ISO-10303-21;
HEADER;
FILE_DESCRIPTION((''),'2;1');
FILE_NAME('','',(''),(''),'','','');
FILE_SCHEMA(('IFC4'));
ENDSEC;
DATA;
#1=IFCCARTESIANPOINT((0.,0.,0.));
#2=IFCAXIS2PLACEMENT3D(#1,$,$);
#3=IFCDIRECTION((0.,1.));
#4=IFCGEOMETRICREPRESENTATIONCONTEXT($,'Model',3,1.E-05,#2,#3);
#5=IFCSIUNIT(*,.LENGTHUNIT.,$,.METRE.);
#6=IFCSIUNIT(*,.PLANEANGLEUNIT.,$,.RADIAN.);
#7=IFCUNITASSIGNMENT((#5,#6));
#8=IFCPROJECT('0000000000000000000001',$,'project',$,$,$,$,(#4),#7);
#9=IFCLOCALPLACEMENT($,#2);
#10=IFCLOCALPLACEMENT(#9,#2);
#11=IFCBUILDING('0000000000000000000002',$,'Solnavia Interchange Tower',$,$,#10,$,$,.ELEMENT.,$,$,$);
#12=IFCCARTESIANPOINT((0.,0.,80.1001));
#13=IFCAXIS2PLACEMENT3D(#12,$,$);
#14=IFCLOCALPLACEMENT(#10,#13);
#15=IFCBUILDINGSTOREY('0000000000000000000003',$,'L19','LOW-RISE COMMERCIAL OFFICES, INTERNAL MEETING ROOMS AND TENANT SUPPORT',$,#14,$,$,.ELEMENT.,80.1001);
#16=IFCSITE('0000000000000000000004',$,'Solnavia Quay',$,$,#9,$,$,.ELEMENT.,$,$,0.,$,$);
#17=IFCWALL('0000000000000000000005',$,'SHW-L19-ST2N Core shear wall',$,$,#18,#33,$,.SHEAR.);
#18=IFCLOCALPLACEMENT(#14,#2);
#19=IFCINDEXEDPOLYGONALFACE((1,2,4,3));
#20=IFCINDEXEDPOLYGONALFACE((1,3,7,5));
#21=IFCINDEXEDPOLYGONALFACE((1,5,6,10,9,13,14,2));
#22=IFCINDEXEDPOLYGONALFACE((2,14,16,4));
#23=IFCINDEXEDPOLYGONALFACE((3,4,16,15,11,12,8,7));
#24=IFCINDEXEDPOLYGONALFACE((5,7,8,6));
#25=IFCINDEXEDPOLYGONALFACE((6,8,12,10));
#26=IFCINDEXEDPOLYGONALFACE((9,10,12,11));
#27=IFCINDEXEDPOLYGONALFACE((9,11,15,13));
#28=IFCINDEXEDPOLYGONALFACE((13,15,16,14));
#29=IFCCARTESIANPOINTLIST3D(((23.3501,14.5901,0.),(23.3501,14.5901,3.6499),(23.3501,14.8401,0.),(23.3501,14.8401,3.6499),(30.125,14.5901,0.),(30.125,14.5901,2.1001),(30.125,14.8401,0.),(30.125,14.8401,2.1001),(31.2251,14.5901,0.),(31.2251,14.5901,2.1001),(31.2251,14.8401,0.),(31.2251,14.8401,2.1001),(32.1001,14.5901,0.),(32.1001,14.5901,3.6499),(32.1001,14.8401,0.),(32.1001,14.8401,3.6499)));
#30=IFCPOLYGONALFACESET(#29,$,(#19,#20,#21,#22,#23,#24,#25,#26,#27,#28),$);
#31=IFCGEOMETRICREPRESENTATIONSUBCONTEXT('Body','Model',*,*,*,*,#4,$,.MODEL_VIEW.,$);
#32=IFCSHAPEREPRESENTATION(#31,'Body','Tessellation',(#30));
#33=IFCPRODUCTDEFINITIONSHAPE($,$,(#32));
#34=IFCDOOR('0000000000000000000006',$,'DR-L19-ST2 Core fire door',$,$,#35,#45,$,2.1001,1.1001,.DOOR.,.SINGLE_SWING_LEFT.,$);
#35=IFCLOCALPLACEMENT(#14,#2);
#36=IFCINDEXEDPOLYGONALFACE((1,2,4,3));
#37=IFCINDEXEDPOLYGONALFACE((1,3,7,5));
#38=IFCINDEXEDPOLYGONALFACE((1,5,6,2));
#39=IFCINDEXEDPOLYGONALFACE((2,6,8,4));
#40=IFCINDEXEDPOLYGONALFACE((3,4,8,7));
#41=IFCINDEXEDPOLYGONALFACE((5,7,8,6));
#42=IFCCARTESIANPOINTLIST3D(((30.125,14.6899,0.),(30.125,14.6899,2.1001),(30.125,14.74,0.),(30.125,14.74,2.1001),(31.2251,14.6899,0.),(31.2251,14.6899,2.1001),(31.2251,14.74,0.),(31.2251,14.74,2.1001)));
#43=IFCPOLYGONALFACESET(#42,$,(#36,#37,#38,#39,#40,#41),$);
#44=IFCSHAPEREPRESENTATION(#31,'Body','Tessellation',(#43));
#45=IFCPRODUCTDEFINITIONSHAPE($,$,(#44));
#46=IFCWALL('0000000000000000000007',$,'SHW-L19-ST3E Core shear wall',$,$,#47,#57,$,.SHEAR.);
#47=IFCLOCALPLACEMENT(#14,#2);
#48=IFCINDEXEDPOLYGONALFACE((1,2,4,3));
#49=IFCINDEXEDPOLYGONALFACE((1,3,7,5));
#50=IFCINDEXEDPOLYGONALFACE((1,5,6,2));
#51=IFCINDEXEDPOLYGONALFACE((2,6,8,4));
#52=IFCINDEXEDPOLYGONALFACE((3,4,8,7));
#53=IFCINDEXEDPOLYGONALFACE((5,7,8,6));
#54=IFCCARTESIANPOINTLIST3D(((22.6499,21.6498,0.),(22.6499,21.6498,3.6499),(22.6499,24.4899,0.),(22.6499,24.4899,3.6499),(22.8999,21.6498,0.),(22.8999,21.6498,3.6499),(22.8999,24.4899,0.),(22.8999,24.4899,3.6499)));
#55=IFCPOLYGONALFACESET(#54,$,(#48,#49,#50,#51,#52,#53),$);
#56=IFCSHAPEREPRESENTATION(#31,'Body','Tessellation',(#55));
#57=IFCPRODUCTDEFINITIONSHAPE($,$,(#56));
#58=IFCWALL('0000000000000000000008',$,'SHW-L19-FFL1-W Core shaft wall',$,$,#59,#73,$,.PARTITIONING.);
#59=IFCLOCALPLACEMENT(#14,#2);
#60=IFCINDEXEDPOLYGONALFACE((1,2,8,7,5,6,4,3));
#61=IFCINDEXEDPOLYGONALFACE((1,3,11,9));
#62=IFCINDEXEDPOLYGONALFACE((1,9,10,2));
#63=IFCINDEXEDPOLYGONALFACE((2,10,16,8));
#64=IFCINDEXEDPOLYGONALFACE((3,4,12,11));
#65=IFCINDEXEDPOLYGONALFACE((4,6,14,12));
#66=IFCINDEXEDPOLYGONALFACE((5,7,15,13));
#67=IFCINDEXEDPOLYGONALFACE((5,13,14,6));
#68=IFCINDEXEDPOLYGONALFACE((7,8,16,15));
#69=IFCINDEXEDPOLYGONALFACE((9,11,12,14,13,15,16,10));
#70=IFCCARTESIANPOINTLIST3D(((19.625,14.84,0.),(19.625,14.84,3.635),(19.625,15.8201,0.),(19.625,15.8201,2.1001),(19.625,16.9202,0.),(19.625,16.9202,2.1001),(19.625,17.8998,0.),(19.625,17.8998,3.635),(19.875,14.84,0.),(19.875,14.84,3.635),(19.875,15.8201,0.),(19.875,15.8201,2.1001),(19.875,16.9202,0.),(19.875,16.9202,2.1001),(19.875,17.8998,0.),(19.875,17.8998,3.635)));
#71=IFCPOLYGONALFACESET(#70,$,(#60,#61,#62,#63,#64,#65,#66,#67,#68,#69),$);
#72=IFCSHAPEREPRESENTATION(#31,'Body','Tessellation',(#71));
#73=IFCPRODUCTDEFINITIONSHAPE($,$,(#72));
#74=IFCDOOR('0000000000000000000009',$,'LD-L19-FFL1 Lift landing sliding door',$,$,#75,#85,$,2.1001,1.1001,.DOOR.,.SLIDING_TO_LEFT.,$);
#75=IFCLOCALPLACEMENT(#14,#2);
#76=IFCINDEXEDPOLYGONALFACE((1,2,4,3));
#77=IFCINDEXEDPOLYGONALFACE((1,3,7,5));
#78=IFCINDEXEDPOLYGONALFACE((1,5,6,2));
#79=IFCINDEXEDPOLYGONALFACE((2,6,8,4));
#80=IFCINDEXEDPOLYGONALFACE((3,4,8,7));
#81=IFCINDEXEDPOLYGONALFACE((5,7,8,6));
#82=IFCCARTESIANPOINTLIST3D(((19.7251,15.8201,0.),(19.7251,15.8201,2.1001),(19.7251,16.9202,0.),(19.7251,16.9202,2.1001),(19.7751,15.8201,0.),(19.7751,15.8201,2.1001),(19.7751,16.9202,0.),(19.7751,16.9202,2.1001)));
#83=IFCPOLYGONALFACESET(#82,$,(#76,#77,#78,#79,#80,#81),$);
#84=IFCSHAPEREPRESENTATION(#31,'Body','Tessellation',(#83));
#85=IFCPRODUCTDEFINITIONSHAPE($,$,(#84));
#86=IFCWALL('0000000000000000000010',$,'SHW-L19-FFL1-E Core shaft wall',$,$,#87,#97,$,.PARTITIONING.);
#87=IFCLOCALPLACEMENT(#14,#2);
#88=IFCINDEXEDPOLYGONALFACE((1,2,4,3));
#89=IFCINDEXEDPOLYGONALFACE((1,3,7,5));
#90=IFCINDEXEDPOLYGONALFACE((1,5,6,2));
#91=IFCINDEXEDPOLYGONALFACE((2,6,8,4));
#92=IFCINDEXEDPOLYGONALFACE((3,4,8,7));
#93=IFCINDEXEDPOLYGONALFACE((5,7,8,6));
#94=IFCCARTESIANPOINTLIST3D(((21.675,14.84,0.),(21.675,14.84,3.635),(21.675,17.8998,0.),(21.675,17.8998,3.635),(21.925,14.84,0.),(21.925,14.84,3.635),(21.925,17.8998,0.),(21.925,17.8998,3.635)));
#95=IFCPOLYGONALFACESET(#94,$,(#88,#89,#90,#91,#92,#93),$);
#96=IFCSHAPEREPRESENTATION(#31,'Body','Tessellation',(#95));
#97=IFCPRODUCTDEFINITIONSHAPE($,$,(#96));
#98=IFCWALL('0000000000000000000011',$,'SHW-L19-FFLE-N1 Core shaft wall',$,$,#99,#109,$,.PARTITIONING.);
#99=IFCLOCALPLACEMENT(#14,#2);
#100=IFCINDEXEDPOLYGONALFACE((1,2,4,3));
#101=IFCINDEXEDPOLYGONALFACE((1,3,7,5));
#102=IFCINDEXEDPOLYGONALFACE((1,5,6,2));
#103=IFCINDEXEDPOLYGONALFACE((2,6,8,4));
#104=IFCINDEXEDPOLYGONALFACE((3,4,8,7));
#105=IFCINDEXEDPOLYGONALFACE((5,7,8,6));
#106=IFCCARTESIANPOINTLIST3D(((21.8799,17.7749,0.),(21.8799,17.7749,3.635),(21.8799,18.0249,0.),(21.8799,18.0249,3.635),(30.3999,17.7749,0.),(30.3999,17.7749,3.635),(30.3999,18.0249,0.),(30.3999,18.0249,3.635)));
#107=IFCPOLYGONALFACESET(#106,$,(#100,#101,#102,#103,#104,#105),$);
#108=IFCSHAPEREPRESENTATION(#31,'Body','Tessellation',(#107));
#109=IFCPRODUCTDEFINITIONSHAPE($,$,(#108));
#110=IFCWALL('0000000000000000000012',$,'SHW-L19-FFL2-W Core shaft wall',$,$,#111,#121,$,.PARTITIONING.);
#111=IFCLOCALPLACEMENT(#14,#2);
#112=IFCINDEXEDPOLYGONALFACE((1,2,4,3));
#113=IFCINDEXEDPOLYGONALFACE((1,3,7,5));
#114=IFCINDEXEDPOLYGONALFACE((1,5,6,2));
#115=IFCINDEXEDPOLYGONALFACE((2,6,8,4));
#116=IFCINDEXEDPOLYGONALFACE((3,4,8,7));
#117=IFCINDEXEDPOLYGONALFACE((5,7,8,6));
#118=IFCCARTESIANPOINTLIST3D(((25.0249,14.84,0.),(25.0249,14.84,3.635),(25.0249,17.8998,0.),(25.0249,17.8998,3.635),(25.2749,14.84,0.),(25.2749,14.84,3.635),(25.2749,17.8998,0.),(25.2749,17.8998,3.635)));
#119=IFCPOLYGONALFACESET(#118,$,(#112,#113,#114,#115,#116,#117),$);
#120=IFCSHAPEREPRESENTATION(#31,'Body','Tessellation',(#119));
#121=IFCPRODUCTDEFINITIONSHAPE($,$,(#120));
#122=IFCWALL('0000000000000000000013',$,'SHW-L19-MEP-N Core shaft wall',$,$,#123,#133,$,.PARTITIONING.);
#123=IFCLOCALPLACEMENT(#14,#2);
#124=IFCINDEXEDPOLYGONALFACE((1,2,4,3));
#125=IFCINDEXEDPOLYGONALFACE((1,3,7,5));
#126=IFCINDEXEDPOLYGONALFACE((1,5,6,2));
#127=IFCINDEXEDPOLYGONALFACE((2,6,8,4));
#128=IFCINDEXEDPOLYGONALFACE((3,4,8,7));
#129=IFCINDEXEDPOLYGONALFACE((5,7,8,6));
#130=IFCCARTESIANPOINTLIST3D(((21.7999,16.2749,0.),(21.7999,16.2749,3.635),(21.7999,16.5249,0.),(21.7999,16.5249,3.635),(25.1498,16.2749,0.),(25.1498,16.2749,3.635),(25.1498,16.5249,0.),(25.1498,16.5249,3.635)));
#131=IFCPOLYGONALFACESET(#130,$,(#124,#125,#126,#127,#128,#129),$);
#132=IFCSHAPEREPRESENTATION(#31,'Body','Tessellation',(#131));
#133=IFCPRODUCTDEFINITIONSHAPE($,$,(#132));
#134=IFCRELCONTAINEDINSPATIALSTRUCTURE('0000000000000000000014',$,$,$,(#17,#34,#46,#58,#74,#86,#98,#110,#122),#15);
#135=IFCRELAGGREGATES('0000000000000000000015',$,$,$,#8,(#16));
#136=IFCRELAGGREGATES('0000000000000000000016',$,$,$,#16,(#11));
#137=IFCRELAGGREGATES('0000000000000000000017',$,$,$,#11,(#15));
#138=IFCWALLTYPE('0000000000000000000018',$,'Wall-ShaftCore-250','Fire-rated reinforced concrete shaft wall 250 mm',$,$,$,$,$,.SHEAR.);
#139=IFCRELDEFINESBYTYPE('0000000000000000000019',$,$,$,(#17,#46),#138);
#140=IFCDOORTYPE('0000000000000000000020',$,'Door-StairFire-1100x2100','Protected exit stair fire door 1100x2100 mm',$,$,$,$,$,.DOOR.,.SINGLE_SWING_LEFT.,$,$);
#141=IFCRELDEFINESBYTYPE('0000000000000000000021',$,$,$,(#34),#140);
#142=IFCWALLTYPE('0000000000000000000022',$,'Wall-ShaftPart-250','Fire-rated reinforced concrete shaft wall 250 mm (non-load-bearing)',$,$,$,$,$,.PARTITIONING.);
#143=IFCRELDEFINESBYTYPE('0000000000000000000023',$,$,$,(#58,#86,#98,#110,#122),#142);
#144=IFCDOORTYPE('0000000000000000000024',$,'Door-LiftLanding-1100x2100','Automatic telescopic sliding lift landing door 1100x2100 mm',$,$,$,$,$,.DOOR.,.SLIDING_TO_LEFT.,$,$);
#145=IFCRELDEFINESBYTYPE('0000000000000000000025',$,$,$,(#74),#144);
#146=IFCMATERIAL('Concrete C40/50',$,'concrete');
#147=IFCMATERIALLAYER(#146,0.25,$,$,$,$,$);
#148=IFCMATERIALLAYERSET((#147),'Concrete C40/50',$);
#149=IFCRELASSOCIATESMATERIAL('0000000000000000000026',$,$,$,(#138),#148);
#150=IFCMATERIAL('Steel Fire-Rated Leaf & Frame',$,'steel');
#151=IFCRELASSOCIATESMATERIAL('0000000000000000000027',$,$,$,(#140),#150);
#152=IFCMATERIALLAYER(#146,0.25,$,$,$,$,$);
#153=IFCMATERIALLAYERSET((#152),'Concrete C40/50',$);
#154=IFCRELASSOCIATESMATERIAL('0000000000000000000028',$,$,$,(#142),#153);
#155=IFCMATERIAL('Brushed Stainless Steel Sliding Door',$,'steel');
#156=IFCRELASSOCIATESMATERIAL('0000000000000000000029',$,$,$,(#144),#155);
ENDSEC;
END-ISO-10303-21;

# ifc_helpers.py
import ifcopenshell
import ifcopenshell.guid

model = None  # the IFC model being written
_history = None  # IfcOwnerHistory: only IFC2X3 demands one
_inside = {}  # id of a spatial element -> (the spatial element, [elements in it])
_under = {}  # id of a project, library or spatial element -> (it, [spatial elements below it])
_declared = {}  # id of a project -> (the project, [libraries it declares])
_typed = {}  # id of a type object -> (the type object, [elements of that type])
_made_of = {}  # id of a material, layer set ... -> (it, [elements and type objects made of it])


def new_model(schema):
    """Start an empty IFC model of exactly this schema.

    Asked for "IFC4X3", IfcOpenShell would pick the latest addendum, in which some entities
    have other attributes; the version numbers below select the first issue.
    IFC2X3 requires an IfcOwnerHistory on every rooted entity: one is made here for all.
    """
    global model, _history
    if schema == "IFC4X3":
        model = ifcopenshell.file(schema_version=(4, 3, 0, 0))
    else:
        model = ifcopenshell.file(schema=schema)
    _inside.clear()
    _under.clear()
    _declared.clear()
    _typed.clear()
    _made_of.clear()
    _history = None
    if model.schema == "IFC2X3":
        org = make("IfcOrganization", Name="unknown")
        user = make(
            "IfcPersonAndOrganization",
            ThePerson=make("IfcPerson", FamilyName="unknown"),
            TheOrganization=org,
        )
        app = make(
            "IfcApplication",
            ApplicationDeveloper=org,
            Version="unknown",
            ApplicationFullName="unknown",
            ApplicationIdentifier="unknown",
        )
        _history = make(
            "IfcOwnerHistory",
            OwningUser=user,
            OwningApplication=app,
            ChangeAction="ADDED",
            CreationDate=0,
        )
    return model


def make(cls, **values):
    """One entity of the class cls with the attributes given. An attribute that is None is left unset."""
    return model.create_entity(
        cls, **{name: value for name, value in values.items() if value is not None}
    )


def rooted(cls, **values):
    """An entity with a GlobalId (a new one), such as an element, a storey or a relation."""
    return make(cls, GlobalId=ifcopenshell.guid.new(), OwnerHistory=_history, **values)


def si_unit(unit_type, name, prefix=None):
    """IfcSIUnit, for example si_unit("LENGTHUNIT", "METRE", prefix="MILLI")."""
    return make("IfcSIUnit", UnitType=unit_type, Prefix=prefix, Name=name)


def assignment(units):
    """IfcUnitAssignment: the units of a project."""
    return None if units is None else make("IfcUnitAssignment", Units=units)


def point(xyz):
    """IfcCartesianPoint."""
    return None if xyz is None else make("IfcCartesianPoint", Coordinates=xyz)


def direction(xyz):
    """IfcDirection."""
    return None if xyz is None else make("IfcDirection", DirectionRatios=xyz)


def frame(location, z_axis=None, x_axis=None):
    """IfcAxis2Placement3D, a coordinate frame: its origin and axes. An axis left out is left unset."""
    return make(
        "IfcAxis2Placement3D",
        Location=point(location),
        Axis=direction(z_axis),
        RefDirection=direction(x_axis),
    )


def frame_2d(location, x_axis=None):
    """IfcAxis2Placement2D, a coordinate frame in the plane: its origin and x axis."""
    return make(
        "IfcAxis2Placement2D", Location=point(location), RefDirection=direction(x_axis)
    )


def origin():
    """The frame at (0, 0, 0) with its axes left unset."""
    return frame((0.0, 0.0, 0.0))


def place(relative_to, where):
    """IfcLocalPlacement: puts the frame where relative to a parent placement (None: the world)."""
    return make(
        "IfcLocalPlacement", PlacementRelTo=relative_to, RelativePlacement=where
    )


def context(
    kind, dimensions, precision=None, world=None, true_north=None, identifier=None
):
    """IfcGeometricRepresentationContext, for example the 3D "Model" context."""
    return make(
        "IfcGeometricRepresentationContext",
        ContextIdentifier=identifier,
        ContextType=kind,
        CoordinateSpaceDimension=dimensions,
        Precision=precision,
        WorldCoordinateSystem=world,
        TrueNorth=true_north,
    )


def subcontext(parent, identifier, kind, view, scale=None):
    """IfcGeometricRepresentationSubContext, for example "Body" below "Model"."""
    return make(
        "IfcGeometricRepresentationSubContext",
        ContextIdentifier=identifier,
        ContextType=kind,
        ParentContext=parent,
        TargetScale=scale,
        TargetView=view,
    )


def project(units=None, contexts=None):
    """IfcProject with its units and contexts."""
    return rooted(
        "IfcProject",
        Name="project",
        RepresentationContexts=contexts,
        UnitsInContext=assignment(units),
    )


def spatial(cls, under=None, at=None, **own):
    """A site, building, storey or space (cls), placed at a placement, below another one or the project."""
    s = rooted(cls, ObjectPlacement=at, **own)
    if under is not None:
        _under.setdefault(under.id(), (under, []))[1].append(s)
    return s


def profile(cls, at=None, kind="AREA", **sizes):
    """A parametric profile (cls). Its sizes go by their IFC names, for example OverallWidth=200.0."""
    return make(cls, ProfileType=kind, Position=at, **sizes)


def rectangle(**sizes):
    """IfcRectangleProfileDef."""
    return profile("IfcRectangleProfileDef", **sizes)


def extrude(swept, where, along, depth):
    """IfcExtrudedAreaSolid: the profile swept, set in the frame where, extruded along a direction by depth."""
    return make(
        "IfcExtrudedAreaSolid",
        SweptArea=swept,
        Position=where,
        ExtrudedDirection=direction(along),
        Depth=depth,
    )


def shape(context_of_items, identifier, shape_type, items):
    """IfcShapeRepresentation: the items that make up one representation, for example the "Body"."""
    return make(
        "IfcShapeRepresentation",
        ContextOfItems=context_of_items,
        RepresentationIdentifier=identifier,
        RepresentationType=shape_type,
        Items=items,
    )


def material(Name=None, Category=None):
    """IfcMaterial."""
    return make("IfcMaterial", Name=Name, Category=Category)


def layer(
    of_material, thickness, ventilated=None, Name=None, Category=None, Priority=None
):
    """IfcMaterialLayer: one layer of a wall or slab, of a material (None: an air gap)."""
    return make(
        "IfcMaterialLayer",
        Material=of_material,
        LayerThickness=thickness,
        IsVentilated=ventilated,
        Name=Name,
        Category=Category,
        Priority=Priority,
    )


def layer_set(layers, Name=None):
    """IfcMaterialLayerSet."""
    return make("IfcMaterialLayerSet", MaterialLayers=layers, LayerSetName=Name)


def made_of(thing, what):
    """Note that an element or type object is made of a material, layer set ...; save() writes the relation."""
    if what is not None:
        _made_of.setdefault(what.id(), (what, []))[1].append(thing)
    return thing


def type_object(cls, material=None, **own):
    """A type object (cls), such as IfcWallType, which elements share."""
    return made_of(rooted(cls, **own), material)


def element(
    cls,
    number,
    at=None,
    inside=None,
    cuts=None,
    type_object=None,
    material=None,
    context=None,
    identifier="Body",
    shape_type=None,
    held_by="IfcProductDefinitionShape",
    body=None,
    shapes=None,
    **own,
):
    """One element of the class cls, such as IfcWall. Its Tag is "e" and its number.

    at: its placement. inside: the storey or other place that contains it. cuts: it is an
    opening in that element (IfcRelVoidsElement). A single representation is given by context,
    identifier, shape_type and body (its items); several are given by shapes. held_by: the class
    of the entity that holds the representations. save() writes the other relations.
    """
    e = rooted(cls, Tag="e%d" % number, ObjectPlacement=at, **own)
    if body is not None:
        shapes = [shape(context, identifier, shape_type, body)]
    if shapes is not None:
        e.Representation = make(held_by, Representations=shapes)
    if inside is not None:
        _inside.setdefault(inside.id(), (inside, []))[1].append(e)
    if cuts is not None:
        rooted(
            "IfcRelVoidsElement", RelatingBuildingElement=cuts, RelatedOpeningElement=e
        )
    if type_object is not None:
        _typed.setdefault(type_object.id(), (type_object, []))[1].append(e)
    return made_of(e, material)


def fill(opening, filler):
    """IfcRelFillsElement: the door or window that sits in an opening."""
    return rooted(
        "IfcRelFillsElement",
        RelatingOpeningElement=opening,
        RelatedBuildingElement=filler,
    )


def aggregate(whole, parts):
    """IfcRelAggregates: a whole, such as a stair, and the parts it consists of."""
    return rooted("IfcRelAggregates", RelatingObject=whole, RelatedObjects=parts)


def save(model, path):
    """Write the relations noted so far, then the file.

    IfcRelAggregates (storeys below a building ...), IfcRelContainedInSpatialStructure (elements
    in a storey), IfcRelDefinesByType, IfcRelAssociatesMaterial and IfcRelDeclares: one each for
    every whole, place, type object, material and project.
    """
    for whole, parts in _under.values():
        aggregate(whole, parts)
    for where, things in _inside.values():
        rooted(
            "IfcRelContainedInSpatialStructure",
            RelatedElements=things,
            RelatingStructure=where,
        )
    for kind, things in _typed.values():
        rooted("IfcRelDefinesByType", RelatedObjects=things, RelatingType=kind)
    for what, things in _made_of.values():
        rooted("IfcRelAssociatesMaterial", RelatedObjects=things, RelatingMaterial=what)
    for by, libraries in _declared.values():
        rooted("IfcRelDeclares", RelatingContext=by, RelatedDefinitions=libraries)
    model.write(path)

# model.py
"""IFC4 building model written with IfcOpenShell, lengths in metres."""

from ifc_helpers import new_model, si_unit, direction, frame, frame_2d, origin, place, context, subcontext, project, spatial, rectangle, extrude, material, layer, layer_set, type_object, element, fill, save


model = new_model("IFC4")

# Units and contexts
model_context = context("Model", 3, precision=1e-05, world=origin(), true_north=direction((0.0, 1.0)))
body_context = subcontext(model_context, "Body", "Model", "MODEL_VIEW")
ifc_project = project(units=[si_unit("LENGTHUNIT", "METRE"), si_unit("PLANEANGLEUNIT", "RADIAN")], contexts=[model_context])

# Site, building, storey
site_placement = place(None, origin())
site = spatial("IfcSite", under=ifc_project, at=site_placement, Name="Solnavia Quay", CompositionType="ELEMENT", RefElevation=0.0)
building_placement = place(site_placement, origin())
building = spatial("IfcBuilding", under=site, at=building_placement, Name="Solnavia Interchange Tower", CompositionType="ELEMENT")
storey_placement = place(building_placement, frame((0.0, 0.0, 80.1001)))
storey = spatial("IfcBuildingStorey", under=building, at=storey_placement, Name="L19", Description="LOW-RISE COMMERCIAL OFFICES, INTERNAL MEETING ROOMS AND TENANT SUPPORT", CompositionType="ELEMENT", Elevation=80.1001)

# Wall, opening, door
ifc_material_1 = material(Name="Concrete C40/50", Category="concrete")
ifc_layer_1 = layer(ifc_material_1, 0.25)
ifc_layer_set_1 = layer_set([ifc_layer_1], Name="Concrete C40/50")
wall_type_1 = type_object("IfcWallType", Name="Wall-ShaftCore-250", Description="Fire-rated reinforced concrete shaft wall 250 mm", PredefinedType="SHEAR", material=ifc_layer_set_1)
wall_1_placement = place(storey_placement, frame((23.3501, 14.7151, 0.0), z_axis=(0.0, 0.0, 1.0), x_axis=(1.0, 0.0, 0.0)))
wall_1 = element("IfcWall", 1, at=wall_1_placement, inside=storey, type_object=wall_type_1, Name="SHW-L19-ST2N Core shear wall", PredefinedType="SHEAR", context=body_context, shape_type="SweptSolid", body=[
    extrude(rectangle(XDim=8.75, YDim=0.25, at=frame_2d((4.375, 0.0))), origin(), (0.0, 0.0, 1.0), 3.6499),
])
opening_1_placement = place(wall_1_placement, frame((6.7749, 0.0, 0.0)))
opening_1 = element("IfcOpeningElement", 2, at=opening_1_placement, cuts=wall_1, PredefinedType="OPENING", context=body_context, shape_type="SweptSolid", body=[
    extrude(rectangle(XDim=1.1001, YDim=2.1001, at=frame_2d((0.55, 1.05))), frame((0.0, 0.135, 0.0), z_axis=(0.0, -1.0, 0.0), x_axis=(1.0, 0.0, 0.0)), (0.0, 0.0, 1.0), 0.27),
])
ifc_material_2 = material(Name="Steel Fire-Rated Leaf & Frame", Category="steel")
door_type_1 = type_object("IfcDoorType", Name="Door-StairFire-1100x2100", Description="Protected exit stair fire door 1100x2100 mm", OperationType="SINGLE_SWING_LEFT", PredefinedType="DOOR", material=ifc_material_2)
door_1_placement = place(opening_1_placement, origin())
door_1 = element("IfcDoor", 3, at=door_1_placement, inside=storey, type_object=door_type_1, Name="DR-L19-ST2 Core fire door", OperationType="SINGLE_SWING_LEFT", OverallHeight=2.1001, OverallWidth=1.1001, PredefinedType="DOOR", context=body_context, shape_type="SweptSolid", body=[
    extrude(rectangle(XDim=1.1001, YDim=2.1001, at=frame_2d((0.55, 1.05))), frame((0.0, 0.0249, 0.0), z_axis=(0.0, -1.0, 0.0), x_axis=(1.0, 0.0, 0.0)), (0.0, 0.0, 1.0), 0.05),
])
fill(opening_1, door_1)

# Wall
wall_2_placement = place(storey_placement, frame((22.7749, 21.6499, 0.0), z_axis=(0.0, 0.0, 1.0), x_axis=(0.0, 1.0, 0.0)))
element("IfcWall", 4, at=wall_2_placement, inside=storey, type_object=wall_type_1, Name="SHW-L19-ST3E Core shear wall", PredefinedType="SHEAR", context=body_context, shape_type="SweptSolid", body=[
    extrude(rectangle(XDim=2.8401, YDim=0.25, at=frame_2d((1.4199, 0.0))), origin(), (0.0, 0.0, 1.0), 3.6499),
])

# Wall, opening, door
ifc_layer_2 = layer(ifc_material_1, 0.25)
ifc_layer_set_2 = layer_set([ifc_layer_2], Name="Concrete C40/50")
wall_type_2 = type_object("IfcWallType", Name="Wall-ShaftPart-250", Description="Fire-rated reinforced concrete shaft wall 250 mm (non-load-bearing)", PredefinedType="PARTITIONING", material=ifc_layer_set_2)
wall_3_placement = place(storey_placement, frame((19.75, 14.8401, 0.0), z_axis=(0.0, 0.0, 1.0), x_axis=(0.0, 1.0, 0.0)))
wall_3 = element("IfcWall", 5, at=wall_3_placement, inside=storey, type_object=wall_type_2, Name="SHW-L19-FFL1-W Core shaft wall", PredefinedType="PARTITIONING", context=body_context, shape_type="SweptSolid", body=[
    extrude(rectangle(XDim=3.0598, YDim=0.25, at=frame_2d((1.5298, 0.0))), origin(), (0.0, 0.0, 1.0), 3.635),
])
opening_2_placement = place(wall_3_placement, frame((0.98, 0.0, 0.0)))
opening_2 = element("IfcOpeningElement", 6, at=opening_2_placement, cuts=wall_3, PredefinedType="OPENING", context=body_context, shape_type="SweptSolid", body=[
    extrude(rectangle(XDim=1.1001, YDim=2.1001, at=frame_2d((0.55, 1.05))), frame((0.0, 0.135, 0.0), z_axis=(0.0, -1.0, 0.0), x_axis=(1.0, 0.0, 0.0)), (0.0, 0.0, 1.0), 0.27),
])
ifc_material_3 = material(Name="Brushed Stainless Steel Sliding Door", Category="steel")
door_type_2 = type_object("IfcDoorType", Name="Door-LiftLanding-1100x2100", Description="Automatic telescopic sliding lift landing door 1100x2100 mm", OperationType="SLIDING_TO_LEFT", PredefinedType="DOOR", material=ifc_material_3)
door_2_placement = place(opening_2_placement, origin())
door_2 = element("IfcDoor", 7, at=door_2_placement, inside=storey, type_object=door_type_2, Name="LD-L19-FFL1 Lift landing sliding door", OperationType="SLIDING_TO_LEFT", OverallHeight=2.1001, OverallWidth=1.1001, PredefinedType="DOOR", context=body_context, shape_type="SweptSolid", body=[
    extrude(rectangle(XDim=1.1001, YDim=2.1001, at=frame_2d((0.55, 1.05))), frame((0.0, 0.0249, 0.0), z_axis=(0.0, -1.0, 0.0), x_axis=(1.0, 0.0, 0.0)), (0.0, 0.0, 1.0), 0.05),
])
fill(opening_2, door_2)

# Walls
wall_4_placement = place(storey_placement, frame((21.8, 14.8401, 0.0), z_axis=(0.0, 0.0, 1.0), x_axis=(0.0, 1.0, 0.0)))
element("IfcWall", 8, at=wall_4_placement, inside=storey, type_object=wall_type_2, Name="SHW-L19-FFL1-E Core shaft wall", PredefinedType="PARTITIONING", context=body_context, shape_type="SweptSolid", body=[
    extrude(rectangle(XDim=3.0598, YDim=0.25, at=frame_2d((1.5298, 0.0))), origin(), (0.0, 0.0, 1.0), 3.635),
])
wall_5_placement = place(storey_placement, frame((21.8799, 17.8999, 0.0), z_axis=(0.0, 0.0, 1.0), x_axis=(1.0, 0.0, 0.0)))
element("IfcWall", 9, at=wall_5_placement, inside=storey, type_object=wall_type_2, Name="SHW-L19-FFLE-N1 Core shaft wall", PredefinedType="PARTITIONING", context=body_context, shape_type="SweptSolid", body=[
    extrude(rectangle(XDim=8.52, YDim=0.25, at=frame_2d((4.26, 0.0))), origin(), (0.0, 0.0, 1.0), 3.635),
])
wall_6_placement = place(storey_placement, frame((25.1499, 14.8401, 0.0), z_axis=(0.0, 0.0, 1.0), x_axis=(0.0, 1.0, 0.0)))
element("IfcWall", 10, at=wall_6_placement, inside=storey, type_object=wall_type_2, Name="SHW-L19-FFL2-W Core shaft wall", PredefinedType="PARTITIONING", context=body_context, shape_type="SweptSolid", body=[
    extrude(rectangle(XDim=3.0598, YDim=0.25, at=frame_2d((1.5298, 0.0))), origin(), (0.0, 0.0, 1.0), 3.635),
])
wall_7_placement = place(storey_placement, frame((21.8, 16.3999, 0.0), z_axis=(0.0, 0.0, 1.0), x_axis=(1.0, 0.0, 0.0)))
element("IfcWall", 11, at=wall_7_placement, inside=storey, type_object=wall_type_2, Name="SHW-L19-MEP-N Core shaft wall", PredefinedType="PARTITIONING", context=body_context, shape_type="SweptSolid", body=[
    extrude(rectangle(XDim=3.3499, YDim=0.25, at=frame_2d((1.6748, 0.0))), origin(), (0.0, 0.0, 1.0), 3.635),
])

save(model, "model.ifc")
